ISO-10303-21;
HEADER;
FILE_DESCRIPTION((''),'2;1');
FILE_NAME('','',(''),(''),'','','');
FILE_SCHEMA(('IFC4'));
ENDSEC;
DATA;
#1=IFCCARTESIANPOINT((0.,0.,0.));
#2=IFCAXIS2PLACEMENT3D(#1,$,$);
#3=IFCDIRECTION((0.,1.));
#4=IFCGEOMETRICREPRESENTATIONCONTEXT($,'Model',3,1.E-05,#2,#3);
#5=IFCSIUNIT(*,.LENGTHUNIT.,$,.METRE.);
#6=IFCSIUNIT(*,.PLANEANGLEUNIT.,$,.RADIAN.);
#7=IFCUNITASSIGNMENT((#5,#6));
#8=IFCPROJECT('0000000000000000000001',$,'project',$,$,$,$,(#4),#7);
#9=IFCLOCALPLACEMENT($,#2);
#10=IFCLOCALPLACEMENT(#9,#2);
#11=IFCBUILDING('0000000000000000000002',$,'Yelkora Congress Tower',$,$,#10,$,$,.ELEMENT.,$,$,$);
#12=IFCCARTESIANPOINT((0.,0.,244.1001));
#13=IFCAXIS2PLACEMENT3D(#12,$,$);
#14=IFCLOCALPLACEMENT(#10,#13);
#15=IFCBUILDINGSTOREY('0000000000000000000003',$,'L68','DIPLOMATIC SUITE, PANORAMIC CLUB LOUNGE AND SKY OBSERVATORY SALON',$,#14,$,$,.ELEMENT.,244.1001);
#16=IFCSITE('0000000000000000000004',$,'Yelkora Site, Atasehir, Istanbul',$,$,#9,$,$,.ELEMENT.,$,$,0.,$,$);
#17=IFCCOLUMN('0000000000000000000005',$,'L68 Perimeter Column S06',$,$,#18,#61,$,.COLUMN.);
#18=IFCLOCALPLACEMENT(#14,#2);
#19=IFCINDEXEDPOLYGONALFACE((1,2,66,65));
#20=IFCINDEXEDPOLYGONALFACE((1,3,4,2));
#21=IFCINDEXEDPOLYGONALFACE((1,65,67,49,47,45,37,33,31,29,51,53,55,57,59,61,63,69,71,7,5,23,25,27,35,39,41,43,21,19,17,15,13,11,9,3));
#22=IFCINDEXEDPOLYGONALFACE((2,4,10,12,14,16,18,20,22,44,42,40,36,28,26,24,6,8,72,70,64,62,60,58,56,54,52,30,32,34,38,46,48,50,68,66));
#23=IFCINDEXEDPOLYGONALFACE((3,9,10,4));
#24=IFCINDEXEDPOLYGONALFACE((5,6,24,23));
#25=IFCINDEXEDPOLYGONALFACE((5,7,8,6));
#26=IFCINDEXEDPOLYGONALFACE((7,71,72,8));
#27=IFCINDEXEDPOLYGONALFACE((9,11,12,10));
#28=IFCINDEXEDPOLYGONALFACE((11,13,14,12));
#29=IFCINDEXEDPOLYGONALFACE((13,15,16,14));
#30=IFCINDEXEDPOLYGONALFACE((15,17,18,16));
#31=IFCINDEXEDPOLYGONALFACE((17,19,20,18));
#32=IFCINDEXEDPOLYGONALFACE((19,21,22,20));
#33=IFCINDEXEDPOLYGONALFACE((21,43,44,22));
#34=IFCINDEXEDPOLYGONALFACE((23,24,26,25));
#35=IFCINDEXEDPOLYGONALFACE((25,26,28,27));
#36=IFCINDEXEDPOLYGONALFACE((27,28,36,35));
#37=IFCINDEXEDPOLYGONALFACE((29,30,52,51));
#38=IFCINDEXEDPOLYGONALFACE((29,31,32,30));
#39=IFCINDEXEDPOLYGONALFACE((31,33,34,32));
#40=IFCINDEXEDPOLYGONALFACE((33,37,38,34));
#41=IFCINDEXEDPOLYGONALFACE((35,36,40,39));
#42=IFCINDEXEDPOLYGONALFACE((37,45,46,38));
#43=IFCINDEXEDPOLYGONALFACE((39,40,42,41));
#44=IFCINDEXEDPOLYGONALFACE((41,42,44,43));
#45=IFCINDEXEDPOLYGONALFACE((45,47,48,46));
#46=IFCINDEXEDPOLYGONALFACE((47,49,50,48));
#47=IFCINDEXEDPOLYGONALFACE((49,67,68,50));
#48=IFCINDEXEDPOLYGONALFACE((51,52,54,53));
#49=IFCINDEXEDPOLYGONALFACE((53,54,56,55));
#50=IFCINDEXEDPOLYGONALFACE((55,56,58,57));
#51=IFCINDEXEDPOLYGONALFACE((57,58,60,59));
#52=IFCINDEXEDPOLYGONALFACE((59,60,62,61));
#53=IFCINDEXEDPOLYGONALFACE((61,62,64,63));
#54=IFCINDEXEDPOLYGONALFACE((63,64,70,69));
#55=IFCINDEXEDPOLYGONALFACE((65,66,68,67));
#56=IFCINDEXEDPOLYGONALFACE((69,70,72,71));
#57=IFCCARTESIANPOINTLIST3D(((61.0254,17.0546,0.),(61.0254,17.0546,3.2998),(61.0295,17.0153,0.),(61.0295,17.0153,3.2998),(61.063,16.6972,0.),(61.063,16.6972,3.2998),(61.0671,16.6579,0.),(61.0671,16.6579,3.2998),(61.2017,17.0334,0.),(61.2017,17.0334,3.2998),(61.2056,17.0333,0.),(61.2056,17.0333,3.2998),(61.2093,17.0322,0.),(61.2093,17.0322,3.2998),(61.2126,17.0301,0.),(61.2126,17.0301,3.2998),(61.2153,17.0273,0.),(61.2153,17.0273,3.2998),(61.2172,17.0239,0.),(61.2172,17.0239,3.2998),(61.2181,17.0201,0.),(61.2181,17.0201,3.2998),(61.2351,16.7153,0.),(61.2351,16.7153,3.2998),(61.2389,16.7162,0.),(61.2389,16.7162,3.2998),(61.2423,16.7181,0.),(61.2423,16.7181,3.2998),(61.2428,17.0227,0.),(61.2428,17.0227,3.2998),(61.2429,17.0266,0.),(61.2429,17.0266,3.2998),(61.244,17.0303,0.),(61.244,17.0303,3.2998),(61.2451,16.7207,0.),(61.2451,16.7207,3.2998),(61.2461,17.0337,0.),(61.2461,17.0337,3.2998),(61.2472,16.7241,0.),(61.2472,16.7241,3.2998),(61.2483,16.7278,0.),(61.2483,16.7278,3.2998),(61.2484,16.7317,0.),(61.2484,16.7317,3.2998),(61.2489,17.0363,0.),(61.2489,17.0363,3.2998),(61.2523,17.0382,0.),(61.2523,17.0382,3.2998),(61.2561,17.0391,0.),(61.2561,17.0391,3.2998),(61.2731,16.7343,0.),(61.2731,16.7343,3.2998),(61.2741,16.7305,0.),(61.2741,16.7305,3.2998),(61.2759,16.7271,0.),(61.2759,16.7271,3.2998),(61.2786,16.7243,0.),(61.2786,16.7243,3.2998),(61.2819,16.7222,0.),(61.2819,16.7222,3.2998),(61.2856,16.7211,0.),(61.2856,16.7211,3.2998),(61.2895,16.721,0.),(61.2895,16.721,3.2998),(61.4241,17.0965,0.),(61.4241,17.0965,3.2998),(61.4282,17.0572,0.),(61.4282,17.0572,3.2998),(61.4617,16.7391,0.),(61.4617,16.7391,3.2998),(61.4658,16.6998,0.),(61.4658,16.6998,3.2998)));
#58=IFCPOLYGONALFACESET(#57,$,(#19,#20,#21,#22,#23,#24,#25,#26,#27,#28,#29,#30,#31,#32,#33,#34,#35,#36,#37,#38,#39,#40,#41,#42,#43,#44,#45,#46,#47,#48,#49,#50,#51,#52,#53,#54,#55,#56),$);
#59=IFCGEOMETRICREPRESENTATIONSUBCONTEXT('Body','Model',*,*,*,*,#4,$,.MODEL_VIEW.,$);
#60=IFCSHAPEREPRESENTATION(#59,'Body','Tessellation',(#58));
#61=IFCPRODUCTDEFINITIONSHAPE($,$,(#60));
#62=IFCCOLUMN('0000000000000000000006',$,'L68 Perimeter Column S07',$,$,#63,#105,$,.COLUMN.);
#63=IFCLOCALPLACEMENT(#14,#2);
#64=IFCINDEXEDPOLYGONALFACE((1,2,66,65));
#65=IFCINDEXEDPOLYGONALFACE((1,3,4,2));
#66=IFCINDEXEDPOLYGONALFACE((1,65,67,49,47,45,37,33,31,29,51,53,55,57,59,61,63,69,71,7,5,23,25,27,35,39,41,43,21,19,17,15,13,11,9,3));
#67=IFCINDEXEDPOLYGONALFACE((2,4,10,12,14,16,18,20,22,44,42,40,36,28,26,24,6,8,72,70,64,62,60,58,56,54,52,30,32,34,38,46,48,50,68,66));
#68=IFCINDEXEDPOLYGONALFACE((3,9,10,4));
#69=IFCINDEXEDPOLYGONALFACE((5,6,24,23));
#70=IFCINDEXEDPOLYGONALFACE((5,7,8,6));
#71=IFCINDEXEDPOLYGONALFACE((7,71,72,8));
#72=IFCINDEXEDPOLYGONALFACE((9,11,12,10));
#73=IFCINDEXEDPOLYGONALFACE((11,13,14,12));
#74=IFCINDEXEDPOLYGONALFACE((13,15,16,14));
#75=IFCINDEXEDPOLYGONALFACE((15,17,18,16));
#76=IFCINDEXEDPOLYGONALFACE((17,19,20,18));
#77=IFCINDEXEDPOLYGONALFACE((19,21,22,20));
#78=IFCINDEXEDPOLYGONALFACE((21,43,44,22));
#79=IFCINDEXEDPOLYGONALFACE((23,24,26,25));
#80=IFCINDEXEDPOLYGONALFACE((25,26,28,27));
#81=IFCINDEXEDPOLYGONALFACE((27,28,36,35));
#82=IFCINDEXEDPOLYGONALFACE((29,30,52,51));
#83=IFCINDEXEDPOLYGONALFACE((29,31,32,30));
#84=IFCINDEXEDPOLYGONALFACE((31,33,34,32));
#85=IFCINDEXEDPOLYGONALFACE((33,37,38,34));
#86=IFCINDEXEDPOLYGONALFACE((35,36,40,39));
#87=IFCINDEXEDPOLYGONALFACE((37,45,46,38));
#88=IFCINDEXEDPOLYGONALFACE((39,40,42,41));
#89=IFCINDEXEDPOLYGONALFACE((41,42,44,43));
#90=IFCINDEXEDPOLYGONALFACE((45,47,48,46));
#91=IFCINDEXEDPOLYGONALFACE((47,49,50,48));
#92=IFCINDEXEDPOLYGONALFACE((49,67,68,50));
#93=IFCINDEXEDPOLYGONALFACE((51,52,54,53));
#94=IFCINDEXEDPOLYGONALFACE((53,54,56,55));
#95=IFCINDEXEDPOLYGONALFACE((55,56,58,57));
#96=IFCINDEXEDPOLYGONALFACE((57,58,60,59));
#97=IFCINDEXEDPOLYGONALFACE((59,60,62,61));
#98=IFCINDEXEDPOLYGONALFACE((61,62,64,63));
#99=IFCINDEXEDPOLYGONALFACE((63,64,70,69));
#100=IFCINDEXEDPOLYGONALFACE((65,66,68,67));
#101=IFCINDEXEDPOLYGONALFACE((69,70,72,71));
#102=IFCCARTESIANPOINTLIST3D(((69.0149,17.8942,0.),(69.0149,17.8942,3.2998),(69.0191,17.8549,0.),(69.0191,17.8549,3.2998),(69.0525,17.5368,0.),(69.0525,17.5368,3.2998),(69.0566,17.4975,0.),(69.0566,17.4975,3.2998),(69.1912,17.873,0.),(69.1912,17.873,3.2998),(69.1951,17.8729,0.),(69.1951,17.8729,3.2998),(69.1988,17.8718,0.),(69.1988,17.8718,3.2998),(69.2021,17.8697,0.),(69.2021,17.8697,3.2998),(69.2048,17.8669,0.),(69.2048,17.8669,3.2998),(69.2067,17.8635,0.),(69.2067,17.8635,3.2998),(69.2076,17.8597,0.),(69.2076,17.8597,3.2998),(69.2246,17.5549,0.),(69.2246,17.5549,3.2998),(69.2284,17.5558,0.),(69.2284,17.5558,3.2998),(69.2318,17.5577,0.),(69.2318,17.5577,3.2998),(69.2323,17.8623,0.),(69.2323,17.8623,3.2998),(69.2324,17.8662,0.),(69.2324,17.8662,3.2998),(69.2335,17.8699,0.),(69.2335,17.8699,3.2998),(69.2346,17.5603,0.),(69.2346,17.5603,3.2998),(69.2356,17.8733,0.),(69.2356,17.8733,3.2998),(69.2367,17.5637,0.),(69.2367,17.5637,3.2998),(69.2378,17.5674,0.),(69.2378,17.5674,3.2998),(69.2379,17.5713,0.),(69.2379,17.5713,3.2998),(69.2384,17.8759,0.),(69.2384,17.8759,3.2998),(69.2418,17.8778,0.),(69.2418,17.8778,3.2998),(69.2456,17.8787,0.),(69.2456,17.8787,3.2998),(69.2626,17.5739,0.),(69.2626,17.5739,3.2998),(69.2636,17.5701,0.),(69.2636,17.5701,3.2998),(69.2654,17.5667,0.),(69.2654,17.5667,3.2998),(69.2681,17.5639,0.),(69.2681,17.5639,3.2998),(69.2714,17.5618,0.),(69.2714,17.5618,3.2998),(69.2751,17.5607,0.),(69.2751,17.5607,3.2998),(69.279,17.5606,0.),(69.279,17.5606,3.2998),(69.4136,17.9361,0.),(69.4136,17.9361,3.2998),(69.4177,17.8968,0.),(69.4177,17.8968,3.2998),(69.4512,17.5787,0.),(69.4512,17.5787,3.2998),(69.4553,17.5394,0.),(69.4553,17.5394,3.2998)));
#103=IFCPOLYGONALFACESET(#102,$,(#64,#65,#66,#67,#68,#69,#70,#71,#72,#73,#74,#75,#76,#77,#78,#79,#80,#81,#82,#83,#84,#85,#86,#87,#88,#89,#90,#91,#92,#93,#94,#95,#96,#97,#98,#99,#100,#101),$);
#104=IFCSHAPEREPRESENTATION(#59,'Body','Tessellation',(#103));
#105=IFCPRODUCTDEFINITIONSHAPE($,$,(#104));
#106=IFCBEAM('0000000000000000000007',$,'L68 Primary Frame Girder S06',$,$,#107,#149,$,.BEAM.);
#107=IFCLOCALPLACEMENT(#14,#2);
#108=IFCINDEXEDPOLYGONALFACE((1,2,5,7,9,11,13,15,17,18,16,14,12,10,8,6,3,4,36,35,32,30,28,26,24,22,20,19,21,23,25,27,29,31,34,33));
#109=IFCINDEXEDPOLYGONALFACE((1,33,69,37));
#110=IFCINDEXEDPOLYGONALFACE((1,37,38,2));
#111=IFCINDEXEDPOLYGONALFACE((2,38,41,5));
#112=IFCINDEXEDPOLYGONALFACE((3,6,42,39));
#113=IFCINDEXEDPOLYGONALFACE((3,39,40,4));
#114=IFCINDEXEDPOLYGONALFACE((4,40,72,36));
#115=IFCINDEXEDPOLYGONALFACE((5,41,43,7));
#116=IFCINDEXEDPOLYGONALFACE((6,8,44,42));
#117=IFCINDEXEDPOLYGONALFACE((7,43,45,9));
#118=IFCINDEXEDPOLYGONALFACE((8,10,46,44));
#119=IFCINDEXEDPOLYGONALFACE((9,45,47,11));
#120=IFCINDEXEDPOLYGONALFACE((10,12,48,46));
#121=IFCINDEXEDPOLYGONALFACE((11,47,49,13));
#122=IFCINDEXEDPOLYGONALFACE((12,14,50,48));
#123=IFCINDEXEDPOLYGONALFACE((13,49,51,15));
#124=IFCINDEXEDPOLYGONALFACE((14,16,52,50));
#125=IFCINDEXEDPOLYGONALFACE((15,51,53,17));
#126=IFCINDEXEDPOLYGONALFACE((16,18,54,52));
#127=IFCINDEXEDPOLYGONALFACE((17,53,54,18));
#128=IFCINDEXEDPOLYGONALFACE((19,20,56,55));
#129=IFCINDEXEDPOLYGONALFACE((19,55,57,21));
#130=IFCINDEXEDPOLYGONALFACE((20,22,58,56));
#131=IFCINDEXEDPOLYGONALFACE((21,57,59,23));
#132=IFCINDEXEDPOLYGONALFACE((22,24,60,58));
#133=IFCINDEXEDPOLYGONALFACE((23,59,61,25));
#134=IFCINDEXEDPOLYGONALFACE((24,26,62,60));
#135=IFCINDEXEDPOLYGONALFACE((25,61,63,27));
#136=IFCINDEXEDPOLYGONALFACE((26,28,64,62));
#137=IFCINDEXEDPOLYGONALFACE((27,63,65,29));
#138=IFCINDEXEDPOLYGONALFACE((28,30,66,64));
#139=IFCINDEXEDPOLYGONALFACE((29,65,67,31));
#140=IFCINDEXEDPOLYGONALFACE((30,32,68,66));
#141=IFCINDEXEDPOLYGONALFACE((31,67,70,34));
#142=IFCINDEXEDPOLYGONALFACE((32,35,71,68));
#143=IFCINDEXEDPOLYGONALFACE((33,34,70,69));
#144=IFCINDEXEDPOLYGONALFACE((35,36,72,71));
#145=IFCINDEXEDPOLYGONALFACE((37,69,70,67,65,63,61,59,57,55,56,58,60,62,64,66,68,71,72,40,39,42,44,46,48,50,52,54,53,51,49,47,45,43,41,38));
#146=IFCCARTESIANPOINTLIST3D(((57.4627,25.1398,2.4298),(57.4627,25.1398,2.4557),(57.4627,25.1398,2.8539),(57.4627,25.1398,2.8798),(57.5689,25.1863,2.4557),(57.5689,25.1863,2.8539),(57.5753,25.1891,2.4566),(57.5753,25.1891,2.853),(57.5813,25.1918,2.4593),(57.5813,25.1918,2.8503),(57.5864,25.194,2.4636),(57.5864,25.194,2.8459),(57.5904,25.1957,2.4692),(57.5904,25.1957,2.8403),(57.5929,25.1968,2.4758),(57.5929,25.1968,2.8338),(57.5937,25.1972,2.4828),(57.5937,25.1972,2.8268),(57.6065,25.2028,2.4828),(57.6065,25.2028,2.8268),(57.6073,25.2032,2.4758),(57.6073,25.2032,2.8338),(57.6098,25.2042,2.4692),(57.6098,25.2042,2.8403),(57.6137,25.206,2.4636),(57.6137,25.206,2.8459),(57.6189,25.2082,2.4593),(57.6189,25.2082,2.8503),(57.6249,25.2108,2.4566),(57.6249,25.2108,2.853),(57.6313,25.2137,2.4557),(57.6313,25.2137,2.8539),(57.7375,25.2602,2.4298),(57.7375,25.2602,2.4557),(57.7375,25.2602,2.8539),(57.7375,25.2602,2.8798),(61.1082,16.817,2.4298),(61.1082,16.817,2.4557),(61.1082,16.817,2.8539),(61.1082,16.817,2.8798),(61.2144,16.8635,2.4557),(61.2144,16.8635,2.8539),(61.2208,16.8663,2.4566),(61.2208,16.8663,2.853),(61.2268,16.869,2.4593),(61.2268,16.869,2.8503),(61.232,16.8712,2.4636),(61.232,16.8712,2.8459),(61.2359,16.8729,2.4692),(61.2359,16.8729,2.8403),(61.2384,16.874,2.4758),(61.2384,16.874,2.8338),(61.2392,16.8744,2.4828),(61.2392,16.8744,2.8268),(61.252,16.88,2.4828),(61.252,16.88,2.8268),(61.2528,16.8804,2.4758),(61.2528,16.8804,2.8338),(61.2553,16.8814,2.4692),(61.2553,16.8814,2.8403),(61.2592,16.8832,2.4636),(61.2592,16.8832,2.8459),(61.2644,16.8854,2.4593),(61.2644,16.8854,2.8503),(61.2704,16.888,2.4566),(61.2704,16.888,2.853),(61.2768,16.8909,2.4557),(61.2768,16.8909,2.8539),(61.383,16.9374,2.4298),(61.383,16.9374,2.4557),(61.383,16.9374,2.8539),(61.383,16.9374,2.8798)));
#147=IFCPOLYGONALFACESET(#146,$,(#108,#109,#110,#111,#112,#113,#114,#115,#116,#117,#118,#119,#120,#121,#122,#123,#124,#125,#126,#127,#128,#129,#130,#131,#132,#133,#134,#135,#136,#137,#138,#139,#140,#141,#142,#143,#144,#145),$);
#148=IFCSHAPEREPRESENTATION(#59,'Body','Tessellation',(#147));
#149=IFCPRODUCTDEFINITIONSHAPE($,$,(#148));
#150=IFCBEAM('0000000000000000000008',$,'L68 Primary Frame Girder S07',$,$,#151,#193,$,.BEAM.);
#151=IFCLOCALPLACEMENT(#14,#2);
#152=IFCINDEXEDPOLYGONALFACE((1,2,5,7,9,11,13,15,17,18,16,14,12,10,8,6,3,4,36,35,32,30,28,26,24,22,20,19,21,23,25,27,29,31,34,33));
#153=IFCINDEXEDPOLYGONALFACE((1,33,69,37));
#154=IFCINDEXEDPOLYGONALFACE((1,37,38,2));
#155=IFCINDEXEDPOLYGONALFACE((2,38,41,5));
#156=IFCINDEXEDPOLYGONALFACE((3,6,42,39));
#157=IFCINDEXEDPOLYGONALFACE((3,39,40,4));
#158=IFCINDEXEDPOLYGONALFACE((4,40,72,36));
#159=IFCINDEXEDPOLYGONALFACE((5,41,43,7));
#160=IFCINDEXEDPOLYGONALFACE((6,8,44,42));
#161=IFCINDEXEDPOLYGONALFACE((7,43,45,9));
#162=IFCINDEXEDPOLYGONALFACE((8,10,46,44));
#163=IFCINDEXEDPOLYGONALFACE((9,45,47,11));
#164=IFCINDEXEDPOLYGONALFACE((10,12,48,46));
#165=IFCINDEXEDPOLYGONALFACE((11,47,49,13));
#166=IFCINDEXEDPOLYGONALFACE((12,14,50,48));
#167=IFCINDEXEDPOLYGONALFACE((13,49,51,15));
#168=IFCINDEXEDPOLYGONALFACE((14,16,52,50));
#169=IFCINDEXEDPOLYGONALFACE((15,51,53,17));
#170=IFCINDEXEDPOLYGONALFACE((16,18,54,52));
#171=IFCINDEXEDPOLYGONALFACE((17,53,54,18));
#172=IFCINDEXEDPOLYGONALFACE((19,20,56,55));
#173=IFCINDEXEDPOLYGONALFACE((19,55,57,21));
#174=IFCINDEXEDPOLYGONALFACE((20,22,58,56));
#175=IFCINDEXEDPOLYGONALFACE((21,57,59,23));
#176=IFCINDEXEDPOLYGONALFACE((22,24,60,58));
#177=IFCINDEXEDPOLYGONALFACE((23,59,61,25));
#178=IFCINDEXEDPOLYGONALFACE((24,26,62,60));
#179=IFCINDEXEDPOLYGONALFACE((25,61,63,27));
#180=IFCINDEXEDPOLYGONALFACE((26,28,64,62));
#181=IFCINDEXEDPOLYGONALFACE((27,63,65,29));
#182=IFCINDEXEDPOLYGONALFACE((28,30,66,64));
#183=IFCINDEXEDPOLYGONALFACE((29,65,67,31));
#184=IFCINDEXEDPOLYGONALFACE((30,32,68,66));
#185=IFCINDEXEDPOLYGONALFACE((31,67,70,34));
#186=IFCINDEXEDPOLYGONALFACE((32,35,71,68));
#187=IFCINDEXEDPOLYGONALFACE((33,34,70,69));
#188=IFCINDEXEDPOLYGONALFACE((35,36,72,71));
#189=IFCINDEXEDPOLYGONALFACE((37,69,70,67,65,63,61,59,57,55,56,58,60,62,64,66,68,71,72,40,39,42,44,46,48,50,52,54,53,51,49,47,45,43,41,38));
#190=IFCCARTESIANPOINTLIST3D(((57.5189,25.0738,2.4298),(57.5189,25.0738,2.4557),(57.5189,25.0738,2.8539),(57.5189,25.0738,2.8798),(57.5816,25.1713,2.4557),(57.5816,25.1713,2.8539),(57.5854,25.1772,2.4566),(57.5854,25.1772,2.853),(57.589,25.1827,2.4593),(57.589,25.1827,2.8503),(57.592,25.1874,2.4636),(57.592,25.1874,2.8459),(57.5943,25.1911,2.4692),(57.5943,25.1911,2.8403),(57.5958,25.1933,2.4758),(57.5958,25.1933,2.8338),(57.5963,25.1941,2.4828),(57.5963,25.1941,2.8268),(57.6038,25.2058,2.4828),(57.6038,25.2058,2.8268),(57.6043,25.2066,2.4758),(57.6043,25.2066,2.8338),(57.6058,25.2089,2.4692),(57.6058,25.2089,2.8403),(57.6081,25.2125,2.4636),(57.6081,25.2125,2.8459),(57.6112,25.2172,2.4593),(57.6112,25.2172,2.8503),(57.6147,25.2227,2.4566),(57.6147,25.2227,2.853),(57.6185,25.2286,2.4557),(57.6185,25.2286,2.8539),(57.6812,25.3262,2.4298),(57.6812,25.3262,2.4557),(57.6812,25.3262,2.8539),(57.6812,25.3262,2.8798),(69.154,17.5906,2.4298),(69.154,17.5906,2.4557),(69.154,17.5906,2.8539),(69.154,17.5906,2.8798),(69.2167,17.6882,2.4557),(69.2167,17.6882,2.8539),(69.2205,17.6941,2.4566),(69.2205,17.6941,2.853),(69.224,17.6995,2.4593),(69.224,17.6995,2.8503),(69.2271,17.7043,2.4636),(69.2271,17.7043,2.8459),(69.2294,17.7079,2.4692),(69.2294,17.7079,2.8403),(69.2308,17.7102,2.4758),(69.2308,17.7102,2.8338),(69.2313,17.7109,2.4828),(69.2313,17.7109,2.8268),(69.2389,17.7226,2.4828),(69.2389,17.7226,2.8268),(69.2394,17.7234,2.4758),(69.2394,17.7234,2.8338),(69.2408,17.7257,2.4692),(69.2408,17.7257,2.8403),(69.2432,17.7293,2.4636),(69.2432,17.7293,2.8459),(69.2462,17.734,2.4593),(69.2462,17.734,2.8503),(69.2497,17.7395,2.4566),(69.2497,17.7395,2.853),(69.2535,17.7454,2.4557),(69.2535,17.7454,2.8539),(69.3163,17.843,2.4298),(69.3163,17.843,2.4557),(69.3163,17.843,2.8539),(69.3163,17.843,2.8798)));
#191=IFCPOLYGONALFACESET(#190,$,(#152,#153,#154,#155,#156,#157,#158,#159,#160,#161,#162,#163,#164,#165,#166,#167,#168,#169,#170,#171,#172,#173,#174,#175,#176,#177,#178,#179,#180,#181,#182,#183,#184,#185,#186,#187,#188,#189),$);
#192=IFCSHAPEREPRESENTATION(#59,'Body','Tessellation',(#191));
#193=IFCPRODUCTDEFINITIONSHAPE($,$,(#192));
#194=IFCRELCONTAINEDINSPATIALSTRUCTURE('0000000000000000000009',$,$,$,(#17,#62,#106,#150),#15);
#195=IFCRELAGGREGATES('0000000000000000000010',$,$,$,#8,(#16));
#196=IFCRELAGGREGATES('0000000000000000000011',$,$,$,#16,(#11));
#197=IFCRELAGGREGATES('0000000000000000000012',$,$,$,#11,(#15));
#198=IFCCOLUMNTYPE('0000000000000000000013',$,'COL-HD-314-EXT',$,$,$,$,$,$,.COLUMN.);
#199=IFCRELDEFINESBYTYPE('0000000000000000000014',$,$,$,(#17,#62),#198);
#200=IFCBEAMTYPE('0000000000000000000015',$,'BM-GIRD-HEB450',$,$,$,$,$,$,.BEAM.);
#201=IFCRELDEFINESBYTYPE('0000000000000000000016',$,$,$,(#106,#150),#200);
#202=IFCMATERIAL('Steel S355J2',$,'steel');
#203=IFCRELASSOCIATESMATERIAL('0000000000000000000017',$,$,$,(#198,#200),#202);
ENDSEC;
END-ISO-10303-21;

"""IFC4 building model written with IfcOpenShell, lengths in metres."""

from ifc_helpers import new_model, si_unit, direction, frame, origin, origin_2d, place, context, subcontext, project, spatial, i_section, extrude, material, material_profile, profile_set, type_object, element, save


model = new_model("IFC4")

# Units and contexts
model_context = context("Model", 3, precision=1e-05, world=origin(), true_north=direction((0.0, 1.0)))
body_context = subcontext(model_context, "Body", "Model", "MODEL_VIEW")
ifc_project = project(units=[si_unit("LENGTHUNIT", "METRE"), si_unit("PLANEANGLEUNIT", "RADIAN")], contexts=[model_context])

# Site, building, storey
site_placement = place(None, origin())
site = spatial("IfcSite", under=ifc_project, at=site_placement, Name="Yelkora Site, Atasehir, Istanbul", CompositionType="ELEMENT", RefElevation=0.0)
building_placement = place(site_placement, origin())
building = spatial("IfcBuilding", under=site, at=building_placement, Name="Yelkora Congress Tower", CompositionType="ELEMENT")
storey_placement = place(building_placement, frame((0.0, 0.0, 244.1001)))
storey = spatial("IfcBuildingStorey", under=building, at=storey_placement, Name="L68", Description="DIPLOMATIC SUITE, PANORAMIC CLUB LOUNGE AND SKY OBSERVATORY SALON", CompositionType="ELEMENT", Elevation=244.1001)

# Columns
ifc_material_1 = material(Name="Steel S355J2", Category="steel")
ifc_material_profile_1 = material_profile(ifc_material_1, i_section(OverallWidth=0.4009, OverallDepth=0.3989, WebThickness=0.0249, FlangeThickness=0.0396, FilletRadius=0.0149, at=origin_2d()), Name="HD 400x314")
ifc_profile_set_1 = profile_set([ifc_material_profile_1], Name="Steel S355J2")
column_type = type_object("IfcColumnType", Name="COL-HD-314-EXT", PredefinedType="COLUMN", material=ifc_profile_set_1)
for number, where, z_axis, x_axis, name in (
    (1, (61.2456, 16.8772, 0.0), (0.0, 0.0, 1.0), (0.994522, 0.104528, 0.0), "L68 Perimeter Column S06"),
    (2, (69.2351, 17.7168, 0.0), (0.0, 0.0, 1.0), (0.994522, 0.104528, 0.0), "L68 Perimeter Column S07"),
):
    element("IfcColumn", number, at=place(storey_placement, frame(where, z_axis=z_axis, x_axis=x_axis)), inside=storey, type_object=column_type, Name=name, PredefinedType="COLUMN", context=body_context, shape_type="SweptSolid", body=[
        extrude(i_section(OverallWidth=0.4009, OverallDepth=0.3989, WebThickness=0.0249, FlangeThickness=0.0396, FilletRadius=0.0149, at=origin_2d()), origin(), (0.0, 0.0, 1.0), 3.2998),
    ])

# Beams
ifc_material_profile_2 = material_profile(ifc_material_1, i_section(OverallWidth=0.3, OverallDepth=0.45, WebThickness=0.0139, FlangeThickness=0.0259, FilletRadius=0.0271, at=origin_2d()), Name="HEB 450")
ifc_profile_set_2 = profile_set([ifc_material_profile_2], Name="Steel S355J2")
beam_type_1 = type_object("IfcBeamType", Name="BM-GIRD-HEB450", PredefinedType="BEAM", material=ifc_profile_set_2)
beam_1_placement = place(storey_placement, frame((61.2456, 16.8772, 2.6548), z_axis=(-0.401216, 0.915983, 0.0), x_axis=(-0.915983, -0.401216, 0.0)))
element("IfcBeam", 3, at=beam_1_placement, inside=storey, type_object=beam_type_1, Name="L68 Primary Frame Girder S06", PredefinedType="BEAM", context=body_context, shape_type="SweptSolid", body=[
    extrude(i_section(OverallWidth=0.3, OverallDepth=0.45, WebThickness=0.0139, FlangeThickness=0.0259, FilletRadius=0.0271, at=origin_2d()), origin(), (0.0, 0.0, 1.0), 9.0862),
])
beam_2_placement = place(storey_placement, frame((69.2351, 17.7168, 2.6548), z_axis=(-0.841063, 0.540937, 0.0), x_axis=(-0.540937, -0.841063, 0.0)))
element("IfcBeam", 4, at=beam_2_placement, inside=storey, type_object=beam_type_1, Name="L68 Primary Frame Girder S07", PredefinedType="BEAM", context=body_context, shape_type="SweptSolid", body=[
    extrude(i_section(OverallWidth=0.3, OverallDepth=0.45, WebThickness=0.0139, FlangeThickness=0.0259, FilletRadius=0.0271, at=origin_2d()), origin(), (0.0, 0.0, 1.0), 13.8337),
])

save(model, "model.ifc")
